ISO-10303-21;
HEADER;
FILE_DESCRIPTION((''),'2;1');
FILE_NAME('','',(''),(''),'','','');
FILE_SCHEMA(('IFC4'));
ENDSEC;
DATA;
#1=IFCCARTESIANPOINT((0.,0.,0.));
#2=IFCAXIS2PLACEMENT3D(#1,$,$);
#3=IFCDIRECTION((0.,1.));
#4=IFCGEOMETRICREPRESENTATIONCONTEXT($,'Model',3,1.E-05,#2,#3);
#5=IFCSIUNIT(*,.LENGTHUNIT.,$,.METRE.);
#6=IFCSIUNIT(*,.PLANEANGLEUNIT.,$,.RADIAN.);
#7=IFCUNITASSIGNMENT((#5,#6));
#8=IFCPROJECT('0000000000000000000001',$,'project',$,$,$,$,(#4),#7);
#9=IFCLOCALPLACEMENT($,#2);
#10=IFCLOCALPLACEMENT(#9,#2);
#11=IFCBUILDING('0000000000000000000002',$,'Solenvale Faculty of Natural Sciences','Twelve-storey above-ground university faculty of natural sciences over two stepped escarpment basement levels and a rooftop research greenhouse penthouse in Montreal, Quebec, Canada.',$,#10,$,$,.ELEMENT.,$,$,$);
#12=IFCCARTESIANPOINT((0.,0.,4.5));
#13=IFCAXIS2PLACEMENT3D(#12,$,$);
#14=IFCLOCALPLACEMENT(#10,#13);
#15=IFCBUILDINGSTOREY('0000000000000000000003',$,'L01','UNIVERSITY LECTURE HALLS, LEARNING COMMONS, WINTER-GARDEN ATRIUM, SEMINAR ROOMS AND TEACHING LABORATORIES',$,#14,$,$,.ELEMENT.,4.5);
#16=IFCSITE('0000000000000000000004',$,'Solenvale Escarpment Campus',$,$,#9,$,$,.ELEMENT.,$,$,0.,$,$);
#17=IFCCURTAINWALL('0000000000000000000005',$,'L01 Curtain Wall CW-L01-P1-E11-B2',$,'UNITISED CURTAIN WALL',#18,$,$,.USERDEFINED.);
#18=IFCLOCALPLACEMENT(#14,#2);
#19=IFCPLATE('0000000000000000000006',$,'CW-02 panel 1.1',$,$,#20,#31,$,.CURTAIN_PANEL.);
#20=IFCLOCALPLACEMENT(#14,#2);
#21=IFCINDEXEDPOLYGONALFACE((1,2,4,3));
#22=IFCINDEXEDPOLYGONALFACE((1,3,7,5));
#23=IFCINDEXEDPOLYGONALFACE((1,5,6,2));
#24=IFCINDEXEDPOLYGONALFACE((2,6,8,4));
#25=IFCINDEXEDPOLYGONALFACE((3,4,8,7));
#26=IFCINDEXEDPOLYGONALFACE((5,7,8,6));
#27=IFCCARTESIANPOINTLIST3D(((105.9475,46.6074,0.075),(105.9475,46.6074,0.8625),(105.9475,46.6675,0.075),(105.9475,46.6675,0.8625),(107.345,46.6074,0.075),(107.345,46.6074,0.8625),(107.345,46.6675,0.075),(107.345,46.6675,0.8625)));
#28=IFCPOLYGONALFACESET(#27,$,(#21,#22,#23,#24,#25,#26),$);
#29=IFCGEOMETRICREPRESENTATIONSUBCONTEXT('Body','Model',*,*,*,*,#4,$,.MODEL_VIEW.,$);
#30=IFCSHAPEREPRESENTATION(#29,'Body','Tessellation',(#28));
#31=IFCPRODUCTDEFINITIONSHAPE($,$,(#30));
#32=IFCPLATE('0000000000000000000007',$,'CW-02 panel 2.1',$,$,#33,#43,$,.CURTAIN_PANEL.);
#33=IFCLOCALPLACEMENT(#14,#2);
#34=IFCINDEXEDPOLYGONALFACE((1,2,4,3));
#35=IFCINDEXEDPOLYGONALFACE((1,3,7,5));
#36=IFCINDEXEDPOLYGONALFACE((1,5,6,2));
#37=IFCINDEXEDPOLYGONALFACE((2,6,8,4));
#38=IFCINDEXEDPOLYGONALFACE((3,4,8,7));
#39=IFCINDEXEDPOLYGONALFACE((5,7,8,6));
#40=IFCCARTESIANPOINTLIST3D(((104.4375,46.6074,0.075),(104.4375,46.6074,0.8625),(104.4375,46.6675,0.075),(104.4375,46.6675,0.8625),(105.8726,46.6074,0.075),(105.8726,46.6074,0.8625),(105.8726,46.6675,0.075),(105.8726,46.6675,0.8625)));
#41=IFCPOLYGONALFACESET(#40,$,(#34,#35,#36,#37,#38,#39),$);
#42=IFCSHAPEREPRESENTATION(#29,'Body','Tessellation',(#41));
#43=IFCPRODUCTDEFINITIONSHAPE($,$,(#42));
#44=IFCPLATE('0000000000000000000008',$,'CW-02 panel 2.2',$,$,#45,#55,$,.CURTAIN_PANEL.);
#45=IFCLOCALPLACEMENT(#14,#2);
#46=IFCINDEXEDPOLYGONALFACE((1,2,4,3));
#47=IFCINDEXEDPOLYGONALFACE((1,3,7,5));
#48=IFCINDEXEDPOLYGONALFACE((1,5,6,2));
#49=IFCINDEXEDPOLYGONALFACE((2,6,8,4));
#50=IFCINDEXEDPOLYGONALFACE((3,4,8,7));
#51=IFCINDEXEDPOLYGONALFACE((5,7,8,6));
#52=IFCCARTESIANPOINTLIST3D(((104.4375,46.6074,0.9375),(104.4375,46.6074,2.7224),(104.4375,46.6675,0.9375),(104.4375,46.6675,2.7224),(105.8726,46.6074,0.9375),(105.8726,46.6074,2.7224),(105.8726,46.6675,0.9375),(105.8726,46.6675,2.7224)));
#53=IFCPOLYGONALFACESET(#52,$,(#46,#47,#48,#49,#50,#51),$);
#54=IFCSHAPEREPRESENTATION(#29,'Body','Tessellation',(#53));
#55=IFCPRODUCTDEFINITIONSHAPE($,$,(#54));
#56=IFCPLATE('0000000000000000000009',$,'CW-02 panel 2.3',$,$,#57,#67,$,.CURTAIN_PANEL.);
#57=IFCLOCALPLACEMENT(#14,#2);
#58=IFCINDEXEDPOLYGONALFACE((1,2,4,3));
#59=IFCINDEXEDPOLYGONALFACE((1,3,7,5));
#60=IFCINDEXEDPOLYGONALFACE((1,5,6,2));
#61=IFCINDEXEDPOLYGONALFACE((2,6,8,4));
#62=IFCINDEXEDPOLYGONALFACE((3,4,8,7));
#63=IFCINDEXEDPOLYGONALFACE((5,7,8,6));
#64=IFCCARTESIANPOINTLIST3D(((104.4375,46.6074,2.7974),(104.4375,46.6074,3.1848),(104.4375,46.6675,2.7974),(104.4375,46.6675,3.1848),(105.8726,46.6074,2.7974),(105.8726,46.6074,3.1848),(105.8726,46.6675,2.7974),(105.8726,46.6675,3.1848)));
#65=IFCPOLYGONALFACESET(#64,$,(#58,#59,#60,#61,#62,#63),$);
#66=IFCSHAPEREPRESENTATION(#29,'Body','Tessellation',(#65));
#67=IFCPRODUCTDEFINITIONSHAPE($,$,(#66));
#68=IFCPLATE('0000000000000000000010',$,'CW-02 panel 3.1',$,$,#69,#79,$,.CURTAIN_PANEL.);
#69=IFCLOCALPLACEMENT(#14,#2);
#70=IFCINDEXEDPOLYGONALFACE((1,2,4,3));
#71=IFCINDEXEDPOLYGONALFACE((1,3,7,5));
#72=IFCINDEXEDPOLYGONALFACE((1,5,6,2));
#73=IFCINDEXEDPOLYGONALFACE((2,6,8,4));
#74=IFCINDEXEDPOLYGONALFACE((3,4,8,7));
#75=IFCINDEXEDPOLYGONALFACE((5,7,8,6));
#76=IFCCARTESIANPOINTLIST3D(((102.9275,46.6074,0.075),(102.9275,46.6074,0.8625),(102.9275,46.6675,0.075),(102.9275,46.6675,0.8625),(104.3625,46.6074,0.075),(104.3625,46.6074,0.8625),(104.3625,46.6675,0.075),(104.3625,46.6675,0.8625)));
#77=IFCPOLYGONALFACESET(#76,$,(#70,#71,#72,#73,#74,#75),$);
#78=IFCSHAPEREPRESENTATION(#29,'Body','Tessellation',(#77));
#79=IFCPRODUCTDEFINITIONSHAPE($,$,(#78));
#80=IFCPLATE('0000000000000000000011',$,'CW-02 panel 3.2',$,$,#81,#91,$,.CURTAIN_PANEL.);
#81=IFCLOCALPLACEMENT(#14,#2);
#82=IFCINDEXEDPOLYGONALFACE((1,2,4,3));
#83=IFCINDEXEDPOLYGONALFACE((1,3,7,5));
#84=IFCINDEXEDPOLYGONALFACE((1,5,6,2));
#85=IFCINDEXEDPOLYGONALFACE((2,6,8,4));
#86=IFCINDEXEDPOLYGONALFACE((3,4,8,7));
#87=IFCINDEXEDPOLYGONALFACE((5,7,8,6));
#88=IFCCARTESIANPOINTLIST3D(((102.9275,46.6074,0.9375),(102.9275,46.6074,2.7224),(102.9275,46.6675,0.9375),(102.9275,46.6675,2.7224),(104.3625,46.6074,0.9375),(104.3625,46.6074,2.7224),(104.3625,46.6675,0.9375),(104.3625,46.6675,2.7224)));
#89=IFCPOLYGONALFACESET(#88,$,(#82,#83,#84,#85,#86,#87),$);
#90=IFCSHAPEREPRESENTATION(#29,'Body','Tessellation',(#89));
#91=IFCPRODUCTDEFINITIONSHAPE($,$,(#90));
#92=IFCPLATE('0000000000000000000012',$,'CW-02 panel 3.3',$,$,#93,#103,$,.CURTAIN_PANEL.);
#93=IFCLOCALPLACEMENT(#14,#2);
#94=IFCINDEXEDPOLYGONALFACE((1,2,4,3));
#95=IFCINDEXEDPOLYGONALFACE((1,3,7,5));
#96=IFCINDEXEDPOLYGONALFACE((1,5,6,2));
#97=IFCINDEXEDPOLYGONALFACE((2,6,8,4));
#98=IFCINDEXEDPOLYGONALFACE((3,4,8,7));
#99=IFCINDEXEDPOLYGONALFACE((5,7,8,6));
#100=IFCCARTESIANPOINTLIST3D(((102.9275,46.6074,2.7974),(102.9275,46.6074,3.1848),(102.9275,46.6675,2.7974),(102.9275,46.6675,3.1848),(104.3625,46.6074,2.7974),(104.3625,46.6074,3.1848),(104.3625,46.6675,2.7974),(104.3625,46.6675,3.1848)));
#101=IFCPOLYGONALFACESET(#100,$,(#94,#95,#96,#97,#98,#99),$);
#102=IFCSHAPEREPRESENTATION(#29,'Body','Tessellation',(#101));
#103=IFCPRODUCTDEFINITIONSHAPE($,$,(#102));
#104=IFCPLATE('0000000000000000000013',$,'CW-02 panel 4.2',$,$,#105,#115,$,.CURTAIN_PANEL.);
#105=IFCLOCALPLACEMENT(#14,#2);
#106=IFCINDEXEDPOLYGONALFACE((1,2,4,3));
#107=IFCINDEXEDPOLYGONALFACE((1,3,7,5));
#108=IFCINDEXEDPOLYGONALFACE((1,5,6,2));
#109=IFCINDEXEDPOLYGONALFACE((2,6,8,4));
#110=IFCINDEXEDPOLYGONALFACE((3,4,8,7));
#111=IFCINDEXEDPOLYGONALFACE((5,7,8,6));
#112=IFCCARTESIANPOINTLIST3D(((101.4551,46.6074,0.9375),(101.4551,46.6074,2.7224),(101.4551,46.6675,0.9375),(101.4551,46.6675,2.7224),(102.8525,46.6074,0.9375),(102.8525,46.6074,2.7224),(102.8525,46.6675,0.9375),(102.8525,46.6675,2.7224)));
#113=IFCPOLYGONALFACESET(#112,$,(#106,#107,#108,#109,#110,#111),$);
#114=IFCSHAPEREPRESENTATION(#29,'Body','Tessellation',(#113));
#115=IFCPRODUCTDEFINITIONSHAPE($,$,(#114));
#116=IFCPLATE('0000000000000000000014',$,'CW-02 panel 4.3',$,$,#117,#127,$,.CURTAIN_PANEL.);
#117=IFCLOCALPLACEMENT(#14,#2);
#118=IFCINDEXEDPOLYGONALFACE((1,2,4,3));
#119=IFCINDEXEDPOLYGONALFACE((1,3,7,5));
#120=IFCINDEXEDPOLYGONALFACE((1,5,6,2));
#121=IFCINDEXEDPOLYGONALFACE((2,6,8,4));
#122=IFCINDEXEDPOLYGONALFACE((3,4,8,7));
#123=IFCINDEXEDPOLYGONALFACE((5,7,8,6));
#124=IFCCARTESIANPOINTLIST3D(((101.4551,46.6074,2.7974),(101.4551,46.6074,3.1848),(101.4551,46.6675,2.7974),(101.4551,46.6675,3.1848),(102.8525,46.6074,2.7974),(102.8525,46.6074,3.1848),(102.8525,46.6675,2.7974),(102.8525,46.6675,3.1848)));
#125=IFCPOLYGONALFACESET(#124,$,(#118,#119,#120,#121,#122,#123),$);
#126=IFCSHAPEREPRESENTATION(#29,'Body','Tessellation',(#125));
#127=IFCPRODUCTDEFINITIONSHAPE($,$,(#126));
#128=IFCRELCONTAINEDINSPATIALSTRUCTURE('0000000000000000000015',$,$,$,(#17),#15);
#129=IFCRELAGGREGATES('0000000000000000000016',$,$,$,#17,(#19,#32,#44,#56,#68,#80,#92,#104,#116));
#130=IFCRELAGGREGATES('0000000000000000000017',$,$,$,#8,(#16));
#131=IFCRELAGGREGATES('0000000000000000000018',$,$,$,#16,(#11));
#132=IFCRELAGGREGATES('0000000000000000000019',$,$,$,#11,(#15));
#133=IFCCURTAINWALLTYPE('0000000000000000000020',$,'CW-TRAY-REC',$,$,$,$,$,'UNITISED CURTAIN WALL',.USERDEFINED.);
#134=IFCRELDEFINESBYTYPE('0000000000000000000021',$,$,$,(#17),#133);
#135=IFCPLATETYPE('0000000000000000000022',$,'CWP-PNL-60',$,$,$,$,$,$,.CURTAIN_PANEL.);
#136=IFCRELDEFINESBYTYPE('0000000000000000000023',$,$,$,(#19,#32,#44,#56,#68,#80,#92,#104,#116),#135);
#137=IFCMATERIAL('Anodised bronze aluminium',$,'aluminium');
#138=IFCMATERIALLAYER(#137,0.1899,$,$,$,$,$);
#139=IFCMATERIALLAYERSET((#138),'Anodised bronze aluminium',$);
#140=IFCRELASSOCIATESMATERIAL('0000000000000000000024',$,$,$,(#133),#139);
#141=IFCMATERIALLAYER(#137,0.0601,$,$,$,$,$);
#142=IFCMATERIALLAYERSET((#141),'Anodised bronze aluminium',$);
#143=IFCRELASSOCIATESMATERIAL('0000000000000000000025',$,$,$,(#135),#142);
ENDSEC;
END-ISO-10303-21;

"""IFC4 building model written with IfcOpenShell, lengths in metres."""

from ifc_helpers import new_model, si_unit, direction, frame, origin, origin_2d, place, context, subcontext, project, spatial, rectangle, extrude, material, layer, layer_set, type_object, element, aggregate, save


model = new_model("IFC4")

# Units and contexts
model_context = context("Model", 3, precision=1e-05, world=origin(), true_north=direction((0.0, 1.0)))
body_context = subcontext(model_context, "Body", "Model", "MODEL_VIEW")
ifc_project = project(units=[si_unit("LENGTHUNIT", "METRE"), si_unit("PLANEANGLEUNIT", "RADIAN")], contexts=[model_context])

# Site, building, storey
site_placement = place(None, origin())
site = spatial("IfcSite", under=ifc_project, at=site_placement, Name="Solenvale Escarpment Campus", CompositionType="ELEMENT", RefElevation=0.0)
building_placement = place(site_placement, origin())
building = spatial("IfcBuilding", under=site, at=building_placement, Name="Solenvale Faculty of Natural Sciences", Description="Twelve-storey above-ground university faculty of natural sciences over two stepped escarpment basement levels and a rooftop research greenhouse penthouse in Montreal, Quebec, Canada.", CompositionType="ELEMENT")
storey_placement = place(building_placement, frame((0.0, 0.0, 4.5)))
storey = spatial("IfcBuildingStorey", under=building, at=storey_placement, Name="L01", Description="UNIVERSITY LECTURE HALLS, LEARNING COMMONS, WINTER-GARDEN ATRIUM, SEMINAR ROOMS AND TEACHING LABORATORIES", CompositionType="ELEMENT", Elevation=4.5)

# Curtain wall, plates
ifc_material = material(Name="Anodised bronze aluminium", Category="aluminium")
ifc_layer_1 = layer(ifc_material, 0.1899)
ifc_layer_set_1 = layer_set([ifc_layer_1], Name="Anodised bronze aluminium")
curtain_wall_type = type_object("IfcCurtainWallType", Name="CW-TRAY-REC", ElementType="UNITISED CURTAIN WALL", PredefinedType="USERDEFINED", material=ifc_layer_set_1)
curtain_wall_placement = place(storey_placement, origin())
curtain_wall = element("IfcCurtainWall", 1, at=curtain_wall_placement, inside=storey, type_object=curtain_wall_type, Name="L01 Curtain Wall CW-L01-P1-E11-B2", ObjectType="UNITISED CURTAIN WALL", PredefinedType="USERDEFINED")
ifc_layer_2 = layer(ifc_material, 0.0601)
ifc_layer_set_2 = layer_set([ifc_layer_2], Name="Anodised bronze aluminium")
plate_type = type_object("IfcPlateType", Name="CWP-PNL-60", PredefinedType="CURTAIN_PANEL", material=ifc_layer_set_2)
plate_1_placement = place(storey_placement, frame((106.6462, 46.6375, 0.075), z_axis=(0.0, 0.0, 1.0), x_axis=(-1.0, 0.0, 0.0)))
plate_1 = element("IfcPlate", 2, at=plate_1_placement, type_object=plate_type, Name="CW-02 panel 1.1", PredefinedType="CURTAIN_PANEL", context=body_context, shape_type="SweptSolid", body=[
    extrude(rectangle(XDim=1.3975, YDim=0.0601, at=origin_2d()), origin(), (0.0, 0.0, 1.0), 0.7876),
])
plate_2_placement = place(storey_placement, frame((105.155, 46.6375, 0.075), z_axis=(0.0, 0.0, 1.0), x_axis=(-1.0, 0.0, 0.0)))
plate_2 = element("IfcPlate", 3, at=plate_2_placement, type_object=plate_type, Name="CW-02 panel 2.1", PredefinedType="CURTAIN_PANEL", context=body_context, shape_type="SweptSolid", body=[
    extrude(rectangle(XDim=1.4351, YDim=0.0601, at=origin_2d()), origin(), (0.0, 0.0, 1.0), 0.7876),
])
plate_3_placement = place(storey_placement, frame((105.155, 46.6375, 0.9375), z_axis=(0.0, 0.0, 1.0), x_axis=(-1.0, 0.0, 0.0)))
plate_3 = element("IfcPlate", 4, at=plate_3_placement, type_object=plate_type, Name="CW-02 panel 2.2", PredefinedType="CURTAIN_PANEL", context=body_context, shape_type="SweptSolid", body=[
    extrude(rectangle(XDim=1.4351, YDim=0.0601, at=origin_2d()), origin(), (0.0, 0.0, 1.0), 1.7849),
])
plate_4_placement = place(storey_placement, frame((105.155, 46.6375, 2.7974), z_axis=(0.0, 0.0, 1.0), x_axis=(-1.0, 0.0, 0.0)))
plate_4 = element("IfcPlate", 5, at=plate_4_placement, type_object=plate_type, Name="CW-02 panel 2.3", PredefinedType="CURTAIN_PANEL", context=body_context, shape_type="SweptSolid", body=[
    extrude(rectangle(XDim=1.4351, YDim=0.0601, at=origin_2d()), origin(), (0.0, 0.0, 1.0), 0.3875),
])
plate_5_placement = place(storey_placement, frame((103.645, 46.6375, 0.075), z_axis=(0.0, 0.0, 1.0), x_axis=(-1.0, 0.0, 0.0)))
plate_5 = element("IfcPlate", 6, at=plate_5_placement, type_object=plate_type, Name="CW-02 panel 3.1", PredefinedType="CURTAIN_PANEL", context=body_context, shape_type="SweptSolid", body=[
    extrude(rectangle(XDim=1.4351, YDim=0.0601, at=origin_2d()), origin(), (0.0, 0.0, 1.0), 0.7876),
])
plate_6_placement = place(storey_placement, frame((103.645, 46.6375, 0.9375), z_axis=(0.0, 0.0, 1.0), x_axis=(-1.0, 0.0, 0.0)))
plate_6 = element("IfcPlate", 7, at=plate_6_placement, type_object=plate_type, Name="CW-02 panel 3.2", PredefinedType="CURTAIN_PANEL", context=body_context, shape_type="SweptSolid", body=[
    extrude(rectangle(XDim=1.4351, YDim=0.0601, at=origin_2d()), origin(), (0.0, 0.0, 1.0), 1.7849),
])
plate_7_placement = place(storey_placement, frame((103.645, 46.6375, 2.7974), z_axis=(0.0, 0.0, 1.0), x_axis=(-1.0, 0.0, 0.0)))
plate_7 = element("IfcPlate", 8, at=plate_7_placement, type_object=plate_type, Name="CW-02 panel 3.3", PredefinedType="CURTAIN_PANEL", context=body_context, shape_type="SweptSolid", body=[
    extrude(rectangle(XDim=1.4351, YDim=0.0601, at=origin_2d()), origin(), (0.0, 0.0, 1.0), 0.3875),
])
plate_8_placement = place(storey_placement, frame((102.1538, 46.6375, 0.9375), z_axis=(0.0, 0.0, 1.0), x_axis=(-1.0, 0.0, 0.0)))
plate_8 = element("IfcPlate", 9, at=plate_8_placement, type_object=plate_type, Name="CW-02 panel 4.2", PredefinedType="CURTAIN_PANEL", context=body_context, shape_type="SweptSolid", body=[
    extrude(rectangle(XDim=1.3975, YDim=0.0601, at=origin_2d()), origin(), (0.0, 0.0, 1.0), 1.7849),
])
plate_9_placement = place(storey_placement, frame((102.1538, 46.6375, 2.7974), z_axis=(0.0, 0.0, 1.0), x_axis=(-1.0, 0.0, 0.0)))
plate_9 = element("IfcPlate", 10, at=plate_9_placement, type_object=plate_type, Name="CW-02 panel 4.3", PredefinedType="CURTAIN_PANEL", context=body_context, shape_type="SweptSolid", body=[
    extrude(rectangle(XDim=1.3975, YDim=0.0601, at=origin_2d()), origin(), (0.0, 0.0, 1.0), 0.3875),
])
aggregate(curtain_wall, [plate_1, plate_2, plate_3, plate_4, plate_5, plate_6, plate_7, plate_8, plate_9])

save(model, "model.ifc")
